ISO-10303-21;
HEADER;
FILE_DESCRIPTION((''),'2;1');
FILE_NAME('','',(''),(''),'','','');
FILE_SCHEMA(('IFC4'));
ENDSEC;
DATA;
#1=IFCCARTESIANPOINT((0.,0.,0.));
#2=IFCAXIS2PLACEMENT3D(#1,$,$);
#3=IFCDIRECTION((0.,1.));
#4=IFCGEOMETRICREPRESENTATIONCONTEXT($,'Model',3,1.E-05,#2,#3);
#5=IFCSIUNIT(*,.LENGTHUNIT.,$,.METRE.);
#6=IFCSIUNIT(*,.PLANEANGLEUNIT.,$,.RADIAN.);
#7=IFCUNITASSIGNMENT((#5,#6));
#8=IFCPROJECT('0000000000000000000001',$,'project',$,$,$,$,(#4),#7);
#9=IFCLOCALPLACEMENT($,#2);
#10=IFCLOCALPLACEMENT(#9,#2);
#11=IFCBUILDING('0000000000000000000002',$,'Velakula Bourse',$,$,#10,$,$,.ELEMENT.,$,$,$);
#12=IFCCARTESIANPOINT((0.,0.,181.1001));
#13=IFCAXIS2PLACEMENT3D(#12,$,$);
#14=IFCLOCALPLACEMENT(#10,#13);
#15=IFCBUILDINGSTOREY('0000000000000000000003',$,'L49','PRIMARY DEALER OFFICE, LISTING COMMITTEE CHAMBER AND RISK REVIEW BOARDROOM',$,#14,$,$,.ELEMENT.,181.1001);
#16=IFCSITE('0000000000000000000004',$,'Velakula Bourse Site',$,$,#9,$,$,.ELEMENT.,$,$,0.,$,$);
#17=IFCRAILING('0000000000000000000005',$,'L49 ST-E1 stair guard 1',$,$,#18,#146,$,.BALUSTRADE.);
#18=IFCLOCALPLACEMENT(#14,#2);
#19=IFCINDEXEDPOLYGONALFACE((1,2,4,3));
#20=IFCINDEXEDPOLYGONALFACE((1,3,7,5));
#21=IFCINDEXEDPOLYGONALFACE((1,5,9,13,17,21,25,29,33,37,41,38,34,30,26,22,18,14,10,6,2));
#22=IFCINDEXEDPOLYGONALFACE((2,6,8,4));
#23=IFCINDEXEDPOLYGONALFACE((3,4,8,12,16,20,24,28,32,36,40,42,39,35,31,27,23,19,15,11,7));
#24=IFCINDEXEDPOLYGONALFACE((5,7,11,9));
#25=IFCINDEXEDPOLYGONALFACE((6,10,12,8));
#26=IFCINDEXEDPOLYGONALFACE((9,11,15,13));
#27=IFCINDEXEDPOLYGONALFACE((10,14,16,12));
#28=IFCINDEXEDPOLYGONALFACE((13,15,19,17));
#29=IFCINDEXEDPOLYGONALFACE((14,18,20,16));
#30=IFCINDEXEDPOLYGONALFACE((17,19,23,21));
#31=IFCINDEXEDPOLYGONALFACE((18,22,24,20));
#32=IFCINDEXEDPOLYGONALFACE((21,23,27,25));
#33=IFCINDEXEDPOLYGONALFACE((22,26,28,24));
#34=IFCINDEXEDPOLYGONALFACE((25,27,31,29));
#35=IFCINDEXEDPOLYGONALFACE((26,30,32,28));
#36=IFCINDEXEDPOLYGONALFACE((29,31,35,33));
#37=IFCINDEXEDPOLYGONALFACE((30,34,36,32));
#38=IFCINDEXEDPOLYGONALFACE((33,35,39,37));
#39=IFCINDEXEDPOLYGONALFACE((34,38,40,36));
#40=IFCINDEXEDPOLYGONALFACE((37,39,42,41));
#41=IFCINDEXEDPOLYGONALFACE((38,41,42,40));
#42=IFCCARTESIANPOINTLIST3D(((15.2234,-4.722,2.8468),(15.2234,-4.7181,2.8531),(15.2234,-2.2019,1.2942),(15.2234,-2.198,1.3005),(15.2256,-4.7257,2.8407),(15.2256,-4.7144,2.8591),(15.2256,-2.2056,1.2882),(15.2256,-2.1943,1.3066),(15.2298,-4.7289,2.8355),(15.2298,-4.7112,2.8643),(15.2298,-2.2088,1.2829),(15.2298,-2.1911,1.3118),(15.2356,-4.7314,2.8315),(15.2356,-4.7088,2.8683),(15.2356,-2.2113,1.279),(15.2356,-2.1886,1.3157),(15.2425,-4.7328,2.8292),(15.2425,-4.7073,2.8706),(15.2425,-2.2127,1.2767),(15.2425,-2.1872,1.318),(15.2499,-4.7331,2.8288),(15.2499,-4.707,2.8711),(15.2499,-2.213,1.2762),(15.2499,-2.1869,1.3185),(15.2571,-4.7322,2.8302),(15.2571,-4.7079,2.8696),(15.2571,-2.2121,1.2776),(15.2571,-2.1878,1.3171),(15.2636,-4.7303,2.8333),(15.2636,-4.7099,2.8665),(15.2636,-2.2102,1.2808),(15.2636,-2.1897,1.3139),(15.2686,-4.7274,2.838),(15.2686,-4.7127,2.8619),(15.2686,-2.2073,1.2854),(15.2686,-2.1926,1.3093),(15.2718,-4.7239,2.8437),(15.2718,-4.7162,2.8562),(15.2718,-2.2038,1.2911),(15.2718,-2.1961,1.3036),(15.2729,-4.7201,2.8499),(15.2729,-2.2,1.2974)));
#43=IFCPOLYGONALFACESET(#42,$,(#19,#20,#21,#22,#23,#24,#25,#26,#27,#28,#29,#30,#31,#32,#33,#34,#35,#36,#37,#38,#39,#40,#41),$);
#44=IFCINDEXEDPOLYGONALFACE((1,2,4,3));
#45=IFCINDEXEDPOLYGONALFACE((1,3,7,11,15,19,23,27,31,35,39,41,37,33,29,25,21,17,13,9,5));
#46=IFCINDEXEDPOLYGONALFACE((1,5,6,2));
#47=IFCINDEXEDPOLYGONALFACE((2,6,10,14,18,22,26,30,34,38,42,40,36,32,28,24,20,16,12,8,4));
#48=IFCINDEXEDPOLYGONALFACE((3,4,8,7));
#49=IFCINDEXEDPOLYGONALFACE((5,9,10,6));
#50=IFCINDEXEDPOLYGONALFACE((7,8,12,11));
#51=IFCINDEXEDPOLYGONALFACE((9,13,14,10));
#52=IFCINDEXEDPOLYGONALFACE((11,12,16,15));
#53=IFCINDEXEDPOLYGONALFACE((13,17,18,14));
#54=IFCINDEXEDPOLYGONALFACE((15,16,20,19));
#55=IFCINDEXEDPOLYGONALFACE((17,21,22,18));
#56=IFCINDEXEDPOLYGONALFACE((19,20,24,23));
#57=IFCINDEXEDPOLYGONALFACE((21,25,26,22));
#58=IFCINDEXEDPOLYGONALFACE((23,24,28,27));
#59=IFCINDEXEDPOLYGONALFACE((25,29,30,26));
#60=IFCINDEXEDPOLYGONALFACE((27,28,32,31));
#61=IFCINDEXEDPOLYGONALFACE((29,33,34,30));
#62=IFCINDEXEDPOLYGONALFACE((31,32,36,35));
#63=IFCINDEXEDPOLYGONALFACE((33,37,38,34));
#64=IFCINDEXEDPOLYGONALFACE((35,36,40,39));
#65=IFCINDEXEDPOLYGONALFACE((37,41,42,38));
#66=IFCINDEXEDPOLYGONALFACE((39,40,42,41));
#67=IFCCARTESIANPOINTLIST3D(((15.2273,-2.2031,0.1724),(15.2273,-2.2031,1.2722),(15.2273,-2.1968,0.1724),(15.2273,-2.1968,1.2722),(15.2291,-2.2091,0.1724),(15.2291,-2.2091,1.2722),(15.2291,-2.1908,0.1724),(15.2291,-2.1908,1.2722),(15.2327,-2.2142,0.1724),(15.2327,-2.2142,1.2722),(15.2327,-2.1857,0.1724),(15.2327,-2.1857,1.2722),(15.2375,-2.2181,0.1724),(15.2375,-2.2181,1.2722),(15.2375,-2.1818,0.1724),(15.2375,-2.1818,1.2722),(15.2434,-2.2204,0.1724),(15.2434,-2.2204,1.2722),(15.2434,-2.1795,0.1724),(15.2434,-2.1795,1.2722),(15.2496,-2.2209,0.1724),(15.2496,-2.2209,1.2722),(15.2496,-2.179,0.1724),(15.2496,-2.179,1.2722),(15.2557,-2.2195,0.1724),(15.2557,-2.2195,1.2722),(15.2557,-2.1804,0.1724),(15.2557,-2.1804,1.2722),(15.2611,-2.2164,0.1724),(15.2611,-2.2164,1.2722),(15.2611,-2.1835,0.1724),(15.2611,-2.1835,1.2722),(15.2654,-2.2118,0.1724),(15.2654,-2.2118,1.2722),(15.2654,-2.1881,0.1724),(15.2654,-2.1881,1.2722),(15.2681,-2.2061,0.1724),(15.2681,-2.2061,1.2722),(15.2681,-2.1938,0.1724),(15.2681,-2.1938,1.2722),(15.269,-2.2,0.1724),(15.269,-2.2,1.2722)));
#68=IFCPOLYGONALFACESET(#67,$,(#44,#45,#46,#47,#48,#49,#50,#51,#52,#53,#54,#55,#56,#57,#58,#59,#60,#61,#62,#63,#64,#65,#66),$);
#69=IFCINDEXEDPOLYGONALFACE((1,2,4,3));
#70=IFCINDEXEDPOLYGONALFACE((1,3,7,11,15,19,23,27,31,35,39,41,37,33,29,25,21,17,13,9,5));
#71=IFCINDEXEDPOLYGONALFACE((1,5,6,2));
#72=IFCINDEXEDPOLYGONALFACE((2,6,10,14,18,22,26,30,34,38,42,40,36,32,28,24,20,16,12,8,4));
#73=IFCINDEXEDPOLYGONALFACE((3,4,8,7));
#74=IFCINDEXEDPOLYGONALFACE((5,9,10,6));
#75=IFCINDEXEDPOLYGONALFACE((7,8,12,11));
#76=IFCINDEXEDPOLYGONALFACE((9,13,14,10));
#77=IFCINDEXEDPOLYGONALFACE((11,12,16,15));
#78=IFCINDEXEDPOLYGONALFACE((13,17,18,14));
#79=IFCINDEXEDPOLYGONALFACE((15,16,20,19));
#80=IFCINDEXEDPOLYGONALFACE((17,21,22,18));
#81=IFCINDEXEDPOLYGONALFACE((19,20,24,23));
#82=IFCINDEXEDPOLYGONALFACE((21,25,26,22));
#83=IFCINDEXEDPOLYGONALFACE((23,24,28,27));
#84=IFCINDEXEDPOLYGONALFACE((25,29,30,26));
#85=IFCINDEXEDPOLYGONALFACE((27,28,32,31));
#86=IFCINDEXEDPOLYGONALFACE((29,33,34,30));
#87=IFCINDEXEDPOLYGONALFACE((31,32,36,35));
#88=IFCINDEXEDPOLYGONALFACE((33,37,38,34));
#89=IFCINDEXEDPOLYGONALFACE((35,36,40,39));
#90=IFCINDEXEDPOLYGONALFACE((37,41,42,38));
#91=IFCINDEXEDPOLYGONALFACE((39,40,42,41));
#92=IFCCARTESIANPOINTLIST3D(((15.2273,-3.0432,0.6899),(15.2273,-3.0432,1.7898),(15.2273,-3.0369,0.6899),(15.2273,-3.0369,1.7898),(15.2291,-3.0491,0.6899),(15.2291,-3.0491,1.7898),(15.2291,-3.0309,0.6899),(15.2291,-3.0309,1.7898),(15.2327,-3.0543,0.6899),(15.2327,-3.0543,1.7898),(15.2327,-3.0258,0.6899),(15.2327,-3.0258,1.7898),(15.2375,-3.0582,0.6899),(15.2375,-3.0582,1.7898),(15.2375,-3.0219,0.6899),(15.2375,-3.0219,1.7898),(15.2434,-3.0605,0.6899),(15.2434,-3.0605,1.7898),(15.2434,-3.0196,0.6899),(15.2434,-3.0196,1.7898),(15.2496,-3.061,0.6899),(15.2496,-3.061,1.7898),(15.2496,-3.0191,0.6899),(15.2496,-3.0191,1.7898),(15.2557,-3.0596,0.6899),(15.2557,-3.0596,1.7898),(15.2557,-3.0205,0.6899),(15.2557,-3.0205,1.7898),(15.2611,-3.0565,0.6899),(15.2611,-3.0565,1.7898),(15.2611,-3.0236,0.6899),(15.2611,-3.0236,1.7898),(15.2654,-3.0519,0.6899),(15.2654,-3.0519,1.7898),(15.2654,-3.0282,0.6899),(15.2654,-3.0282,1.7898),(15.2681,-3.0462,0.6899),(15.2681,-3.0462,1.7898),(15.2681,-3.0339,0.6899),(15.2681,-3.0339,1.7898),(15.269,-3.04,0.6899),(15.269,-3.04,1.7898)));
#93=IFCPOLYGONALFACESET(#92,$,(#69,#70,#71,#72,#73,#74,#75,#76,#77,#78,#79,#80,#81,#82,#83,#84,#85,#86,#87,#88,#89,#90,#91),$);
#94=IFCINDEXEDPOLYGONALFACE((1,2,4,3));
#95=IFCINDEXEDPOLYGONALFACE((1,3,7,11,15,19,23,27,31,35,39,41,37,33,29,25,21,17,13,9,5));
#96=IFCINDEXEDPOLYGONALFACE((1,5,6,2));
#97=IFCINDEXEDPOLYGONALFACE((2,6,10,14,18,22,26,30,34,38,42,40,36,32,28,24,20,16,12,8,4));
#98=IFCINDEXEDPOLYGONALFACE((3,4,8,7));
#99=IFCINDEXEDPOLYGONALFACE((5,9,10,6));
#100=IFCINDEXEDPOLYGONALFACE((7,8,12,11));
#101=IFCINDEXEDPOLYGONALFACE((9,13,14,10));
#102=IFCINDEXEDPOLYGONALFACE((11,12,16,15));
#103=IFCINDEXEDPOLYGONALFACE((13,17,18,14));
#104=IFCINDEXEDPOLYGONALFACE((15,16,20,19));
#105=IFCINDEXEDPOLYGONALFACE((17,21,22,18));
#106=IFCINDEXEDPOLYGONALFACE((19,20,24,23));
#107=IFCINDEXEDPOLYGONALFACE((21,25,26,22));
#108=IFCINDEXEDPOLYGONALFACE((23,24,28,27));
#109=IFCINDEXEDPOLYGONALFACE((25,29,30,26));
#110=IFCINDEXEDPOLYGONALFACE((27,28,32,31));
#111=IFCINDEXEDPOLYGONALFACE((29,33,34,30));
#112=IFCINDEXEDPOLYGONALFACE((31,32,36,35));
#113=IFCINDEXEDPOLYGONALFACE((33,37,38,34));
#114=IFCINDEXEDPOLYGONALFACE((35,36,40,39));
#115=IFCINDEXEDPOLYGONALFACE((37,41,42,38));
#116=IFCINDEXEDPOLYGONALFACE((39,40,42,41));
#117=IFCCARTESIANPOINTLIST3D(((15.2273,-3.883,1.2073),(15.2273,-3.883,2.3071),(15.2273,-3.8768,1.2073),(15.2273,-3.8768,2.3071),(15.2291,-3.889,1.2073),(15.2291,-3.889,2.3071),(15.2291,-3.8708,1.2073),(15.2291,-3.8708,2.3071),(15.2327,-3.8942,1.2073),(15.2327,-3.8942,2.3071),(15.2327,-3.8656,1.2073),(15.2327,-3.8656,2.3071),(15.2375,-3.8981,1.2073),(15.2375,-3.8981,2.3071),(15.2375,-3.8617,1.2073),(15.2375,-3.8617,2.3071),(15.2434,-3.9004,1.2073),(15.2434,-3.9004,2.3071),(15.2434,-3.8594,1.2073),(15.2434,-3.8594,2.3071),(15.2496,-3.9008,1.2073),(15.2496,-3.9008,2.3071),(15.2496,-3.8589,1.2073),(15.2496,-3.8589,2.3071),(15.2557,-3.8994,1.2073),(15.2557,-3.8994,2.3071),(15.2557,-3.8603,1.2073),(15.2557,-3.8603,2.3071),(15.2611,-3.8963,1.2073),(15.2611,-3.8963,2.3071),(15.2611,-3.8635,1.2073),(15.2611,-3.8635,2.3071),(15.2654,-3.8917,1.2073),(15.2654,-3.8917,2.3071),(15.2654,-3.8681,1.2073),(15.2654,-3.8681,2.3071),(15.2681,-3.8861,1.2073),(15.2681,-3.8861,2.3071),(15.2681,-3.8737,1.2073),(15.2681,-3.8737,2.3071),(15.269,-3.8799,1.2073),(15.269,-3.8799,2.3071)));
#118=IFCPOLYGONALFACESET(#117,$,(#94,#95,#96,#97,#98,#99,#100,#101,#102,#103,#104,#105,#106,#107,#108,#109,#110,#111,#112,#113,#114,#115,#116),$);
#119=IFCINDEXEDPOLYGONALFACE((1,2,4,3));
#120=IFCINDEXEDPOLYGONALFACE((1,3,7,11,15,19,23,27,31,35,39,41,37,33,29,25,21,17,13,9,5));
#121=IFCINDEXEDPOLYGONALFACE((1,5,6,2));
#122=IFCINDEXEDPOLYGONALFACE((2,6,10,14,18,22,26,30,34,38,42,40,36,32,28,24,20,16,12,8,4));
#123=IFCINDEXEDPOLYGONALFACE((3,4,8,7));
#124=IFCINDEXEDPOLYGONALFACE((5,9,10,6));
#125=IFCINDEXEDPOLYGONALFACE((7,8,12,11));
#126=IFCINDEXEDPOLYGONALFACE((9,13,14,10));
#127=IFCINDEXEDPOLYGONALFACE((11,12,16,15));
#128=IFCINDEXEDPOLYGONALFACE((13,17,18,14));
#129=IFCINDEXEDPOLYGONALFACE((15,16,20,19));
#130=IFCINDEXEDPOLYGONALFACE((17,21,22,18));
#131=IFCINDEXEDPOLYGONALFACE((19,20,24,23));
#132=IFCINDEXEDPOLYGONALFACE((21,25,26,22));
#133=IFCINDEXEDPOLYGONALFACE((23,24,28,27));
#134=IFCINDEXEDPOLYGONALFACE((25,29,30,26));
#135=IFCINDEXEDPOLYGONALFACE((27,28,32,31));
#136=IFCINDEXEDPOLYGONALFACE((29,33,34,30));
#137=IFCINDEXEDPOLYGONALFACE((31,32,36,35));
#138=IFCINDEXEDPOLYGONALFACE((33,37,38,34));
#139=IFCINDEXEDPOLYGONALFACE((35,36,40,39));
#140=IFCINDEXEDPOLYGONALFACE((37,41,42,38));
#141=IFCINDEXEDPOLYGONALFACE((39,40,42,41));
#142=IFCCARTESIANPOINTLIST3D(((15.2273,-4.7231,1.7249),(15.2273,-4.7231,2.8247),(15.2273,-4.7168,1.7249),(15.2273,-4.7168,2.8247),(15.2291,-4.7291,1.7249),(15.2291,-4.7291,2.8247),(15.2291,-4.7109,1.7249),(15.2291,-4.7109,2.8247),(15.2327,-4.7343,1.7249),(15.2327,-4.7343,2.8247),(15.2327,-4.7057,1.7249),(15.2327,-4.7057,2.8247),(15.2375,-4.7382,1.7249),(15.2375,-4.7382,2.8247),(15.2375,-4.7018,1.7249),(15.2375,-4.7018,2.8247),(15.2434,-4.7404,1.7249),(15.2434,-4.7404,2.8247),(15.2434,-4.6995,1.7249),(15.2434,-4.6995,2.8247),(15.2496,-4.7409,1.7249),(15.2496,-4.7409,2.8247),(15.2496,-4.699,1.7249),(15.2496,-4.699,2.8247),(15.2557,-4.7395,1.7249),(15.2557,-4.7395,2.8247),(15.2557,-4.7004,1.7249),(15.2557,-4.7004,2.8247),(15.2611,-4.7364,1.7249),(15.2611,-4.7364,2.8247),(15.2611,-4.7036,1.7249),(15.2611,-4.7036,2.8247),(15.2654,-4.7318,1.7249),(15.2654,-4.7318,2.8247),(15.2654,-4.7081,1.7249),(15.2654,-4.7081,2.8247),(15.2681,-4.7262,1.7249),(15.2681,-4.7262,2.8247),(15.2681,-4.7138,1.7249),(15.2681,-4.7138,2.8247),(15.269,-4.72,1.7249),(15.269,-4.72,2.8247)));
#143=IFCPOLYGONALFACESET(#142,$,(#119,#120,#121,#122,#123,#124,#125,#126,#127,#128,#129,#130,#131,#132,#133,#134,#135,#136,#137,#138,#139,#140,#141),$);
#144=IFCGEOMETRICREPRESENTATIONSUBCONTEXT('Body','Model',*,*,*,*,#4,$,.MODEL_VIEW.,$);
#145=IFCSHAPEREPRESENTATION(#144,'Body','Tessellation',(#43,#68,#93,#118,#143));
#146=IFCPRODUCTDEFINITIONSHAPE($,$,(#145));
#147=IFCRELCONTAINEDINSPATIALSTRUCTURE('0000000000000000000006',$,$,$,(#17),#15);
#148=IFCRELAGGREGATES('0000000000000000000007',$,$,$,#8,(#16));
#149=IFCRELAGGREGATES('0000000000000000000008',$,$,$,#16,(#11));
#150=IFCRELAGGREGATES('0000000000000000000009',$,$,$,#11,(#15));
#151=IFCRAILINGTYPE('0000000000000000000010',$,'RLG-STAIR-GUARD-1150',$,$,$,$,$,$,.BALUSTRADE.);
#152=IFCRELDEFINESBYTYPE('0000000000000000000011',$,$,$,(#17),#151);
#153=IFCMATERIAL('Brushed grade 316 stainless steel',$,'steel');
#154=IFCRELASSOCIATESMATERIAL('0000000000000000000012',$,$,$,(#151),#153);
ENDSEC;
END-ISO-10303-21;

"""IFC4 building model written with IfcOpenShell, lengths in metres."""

from ifc_helpers import new_model, si_unit, direction, frame, origin, origin_2d, place, context, subcontext, project, spatial, circle, extrude, material, type_object, element, save


model = new_model("IFC4")

# Units and contexts
model_context = context("Model", 3, precision=1e-05, world=origin(), true_north=direction((0.0, 1.0)))
body_context = subcontext(model_context, "Body", "Model", "MODEL_VIEW")
ifc_project = project(units=[si_unit("LENGTHUNIT", "METRE"), si_unit("PLANEANGLEUNIT", "RADIAN")], contexts=[model_context])

# Site, building, storey
site_placement = place(None, origin())
site = spatial("IfcSite", under=ifc_project, at=site_placement, Name="Velakula Bourse Site", CompositionType="ELEMENT", RefElevation=0.0)
building_placement = place(site_placement, origin())
building = spatial("IfcBuilding", under=site, at=building_placement, Name="Velakula Bourse", CompositionType="ELEMENT")
storey_placement = place(building_placement, frame((0.0, 0.0, 181.1001)))
storey = spatial("IfcBuildingStorey", under=building, at=storey_placement, Name="L49", Description="PRIMARY DEALER OFFICE, LISTING COMMITTEE CHAMBER AND RISK REVIEW BOARDROOM", CompositionType="ELEMENT", Elevation=181.1001)

# Shared definitions
ifc_material_1 = material(Name="Brushed grade 316 stainless steel", Category="steel")

# Railing
railing_type_1 = type_object("IfcRailingType", Name="RLG-STAIR-GUARD-1150", PredefinedType="BALUSTRADE", material=ifc_material_1)
railing_1_placement = place(storey_placement, frame((15.248, -2.2, 0.1724)))
element("IfcRailing", 1, at=railing_1_placement, inside=storey, type_object=railing_type_1, Name="L49 ST-E1 stair guard 1", PredefinedType="BALUSTRADE", context=body_context, shape_type="SweptSolid", body=[
    extrude(circle(Radius=0.0249, at=origin_2d()), frame((0.0, 0.0, 1.125), z_axis=(0.0, -0.8514, 0.524516), x_axis=(1.0, 0.0, 0.0)), (0.0, 0.0, 1.0), 2.96),
    extrude(circle(Radius=0.021, at=origin_2d()), origin(), (0.0, 0.0, 1.0), 1.0999),
    extrude(circle(Radius=0.021, at=origin_2d()), frame((0.0, -0.8401, 0.5176)), (0.0, 0.0, 1.0), 1.0999),
    extrude(circle(Radius=0.021, at=origin_2d()), frame((0.0, -1.6799, 1.0349)), (0.0, 0.0, 1.0), 1.0999),
    extrude(circle(Radius=0.021, at=origin_2d()), frame((0.0, -2.52, 1.5525)), (0.0, 0.0, 1.0), 1.0999),
])

save(model, "model.ifc")
